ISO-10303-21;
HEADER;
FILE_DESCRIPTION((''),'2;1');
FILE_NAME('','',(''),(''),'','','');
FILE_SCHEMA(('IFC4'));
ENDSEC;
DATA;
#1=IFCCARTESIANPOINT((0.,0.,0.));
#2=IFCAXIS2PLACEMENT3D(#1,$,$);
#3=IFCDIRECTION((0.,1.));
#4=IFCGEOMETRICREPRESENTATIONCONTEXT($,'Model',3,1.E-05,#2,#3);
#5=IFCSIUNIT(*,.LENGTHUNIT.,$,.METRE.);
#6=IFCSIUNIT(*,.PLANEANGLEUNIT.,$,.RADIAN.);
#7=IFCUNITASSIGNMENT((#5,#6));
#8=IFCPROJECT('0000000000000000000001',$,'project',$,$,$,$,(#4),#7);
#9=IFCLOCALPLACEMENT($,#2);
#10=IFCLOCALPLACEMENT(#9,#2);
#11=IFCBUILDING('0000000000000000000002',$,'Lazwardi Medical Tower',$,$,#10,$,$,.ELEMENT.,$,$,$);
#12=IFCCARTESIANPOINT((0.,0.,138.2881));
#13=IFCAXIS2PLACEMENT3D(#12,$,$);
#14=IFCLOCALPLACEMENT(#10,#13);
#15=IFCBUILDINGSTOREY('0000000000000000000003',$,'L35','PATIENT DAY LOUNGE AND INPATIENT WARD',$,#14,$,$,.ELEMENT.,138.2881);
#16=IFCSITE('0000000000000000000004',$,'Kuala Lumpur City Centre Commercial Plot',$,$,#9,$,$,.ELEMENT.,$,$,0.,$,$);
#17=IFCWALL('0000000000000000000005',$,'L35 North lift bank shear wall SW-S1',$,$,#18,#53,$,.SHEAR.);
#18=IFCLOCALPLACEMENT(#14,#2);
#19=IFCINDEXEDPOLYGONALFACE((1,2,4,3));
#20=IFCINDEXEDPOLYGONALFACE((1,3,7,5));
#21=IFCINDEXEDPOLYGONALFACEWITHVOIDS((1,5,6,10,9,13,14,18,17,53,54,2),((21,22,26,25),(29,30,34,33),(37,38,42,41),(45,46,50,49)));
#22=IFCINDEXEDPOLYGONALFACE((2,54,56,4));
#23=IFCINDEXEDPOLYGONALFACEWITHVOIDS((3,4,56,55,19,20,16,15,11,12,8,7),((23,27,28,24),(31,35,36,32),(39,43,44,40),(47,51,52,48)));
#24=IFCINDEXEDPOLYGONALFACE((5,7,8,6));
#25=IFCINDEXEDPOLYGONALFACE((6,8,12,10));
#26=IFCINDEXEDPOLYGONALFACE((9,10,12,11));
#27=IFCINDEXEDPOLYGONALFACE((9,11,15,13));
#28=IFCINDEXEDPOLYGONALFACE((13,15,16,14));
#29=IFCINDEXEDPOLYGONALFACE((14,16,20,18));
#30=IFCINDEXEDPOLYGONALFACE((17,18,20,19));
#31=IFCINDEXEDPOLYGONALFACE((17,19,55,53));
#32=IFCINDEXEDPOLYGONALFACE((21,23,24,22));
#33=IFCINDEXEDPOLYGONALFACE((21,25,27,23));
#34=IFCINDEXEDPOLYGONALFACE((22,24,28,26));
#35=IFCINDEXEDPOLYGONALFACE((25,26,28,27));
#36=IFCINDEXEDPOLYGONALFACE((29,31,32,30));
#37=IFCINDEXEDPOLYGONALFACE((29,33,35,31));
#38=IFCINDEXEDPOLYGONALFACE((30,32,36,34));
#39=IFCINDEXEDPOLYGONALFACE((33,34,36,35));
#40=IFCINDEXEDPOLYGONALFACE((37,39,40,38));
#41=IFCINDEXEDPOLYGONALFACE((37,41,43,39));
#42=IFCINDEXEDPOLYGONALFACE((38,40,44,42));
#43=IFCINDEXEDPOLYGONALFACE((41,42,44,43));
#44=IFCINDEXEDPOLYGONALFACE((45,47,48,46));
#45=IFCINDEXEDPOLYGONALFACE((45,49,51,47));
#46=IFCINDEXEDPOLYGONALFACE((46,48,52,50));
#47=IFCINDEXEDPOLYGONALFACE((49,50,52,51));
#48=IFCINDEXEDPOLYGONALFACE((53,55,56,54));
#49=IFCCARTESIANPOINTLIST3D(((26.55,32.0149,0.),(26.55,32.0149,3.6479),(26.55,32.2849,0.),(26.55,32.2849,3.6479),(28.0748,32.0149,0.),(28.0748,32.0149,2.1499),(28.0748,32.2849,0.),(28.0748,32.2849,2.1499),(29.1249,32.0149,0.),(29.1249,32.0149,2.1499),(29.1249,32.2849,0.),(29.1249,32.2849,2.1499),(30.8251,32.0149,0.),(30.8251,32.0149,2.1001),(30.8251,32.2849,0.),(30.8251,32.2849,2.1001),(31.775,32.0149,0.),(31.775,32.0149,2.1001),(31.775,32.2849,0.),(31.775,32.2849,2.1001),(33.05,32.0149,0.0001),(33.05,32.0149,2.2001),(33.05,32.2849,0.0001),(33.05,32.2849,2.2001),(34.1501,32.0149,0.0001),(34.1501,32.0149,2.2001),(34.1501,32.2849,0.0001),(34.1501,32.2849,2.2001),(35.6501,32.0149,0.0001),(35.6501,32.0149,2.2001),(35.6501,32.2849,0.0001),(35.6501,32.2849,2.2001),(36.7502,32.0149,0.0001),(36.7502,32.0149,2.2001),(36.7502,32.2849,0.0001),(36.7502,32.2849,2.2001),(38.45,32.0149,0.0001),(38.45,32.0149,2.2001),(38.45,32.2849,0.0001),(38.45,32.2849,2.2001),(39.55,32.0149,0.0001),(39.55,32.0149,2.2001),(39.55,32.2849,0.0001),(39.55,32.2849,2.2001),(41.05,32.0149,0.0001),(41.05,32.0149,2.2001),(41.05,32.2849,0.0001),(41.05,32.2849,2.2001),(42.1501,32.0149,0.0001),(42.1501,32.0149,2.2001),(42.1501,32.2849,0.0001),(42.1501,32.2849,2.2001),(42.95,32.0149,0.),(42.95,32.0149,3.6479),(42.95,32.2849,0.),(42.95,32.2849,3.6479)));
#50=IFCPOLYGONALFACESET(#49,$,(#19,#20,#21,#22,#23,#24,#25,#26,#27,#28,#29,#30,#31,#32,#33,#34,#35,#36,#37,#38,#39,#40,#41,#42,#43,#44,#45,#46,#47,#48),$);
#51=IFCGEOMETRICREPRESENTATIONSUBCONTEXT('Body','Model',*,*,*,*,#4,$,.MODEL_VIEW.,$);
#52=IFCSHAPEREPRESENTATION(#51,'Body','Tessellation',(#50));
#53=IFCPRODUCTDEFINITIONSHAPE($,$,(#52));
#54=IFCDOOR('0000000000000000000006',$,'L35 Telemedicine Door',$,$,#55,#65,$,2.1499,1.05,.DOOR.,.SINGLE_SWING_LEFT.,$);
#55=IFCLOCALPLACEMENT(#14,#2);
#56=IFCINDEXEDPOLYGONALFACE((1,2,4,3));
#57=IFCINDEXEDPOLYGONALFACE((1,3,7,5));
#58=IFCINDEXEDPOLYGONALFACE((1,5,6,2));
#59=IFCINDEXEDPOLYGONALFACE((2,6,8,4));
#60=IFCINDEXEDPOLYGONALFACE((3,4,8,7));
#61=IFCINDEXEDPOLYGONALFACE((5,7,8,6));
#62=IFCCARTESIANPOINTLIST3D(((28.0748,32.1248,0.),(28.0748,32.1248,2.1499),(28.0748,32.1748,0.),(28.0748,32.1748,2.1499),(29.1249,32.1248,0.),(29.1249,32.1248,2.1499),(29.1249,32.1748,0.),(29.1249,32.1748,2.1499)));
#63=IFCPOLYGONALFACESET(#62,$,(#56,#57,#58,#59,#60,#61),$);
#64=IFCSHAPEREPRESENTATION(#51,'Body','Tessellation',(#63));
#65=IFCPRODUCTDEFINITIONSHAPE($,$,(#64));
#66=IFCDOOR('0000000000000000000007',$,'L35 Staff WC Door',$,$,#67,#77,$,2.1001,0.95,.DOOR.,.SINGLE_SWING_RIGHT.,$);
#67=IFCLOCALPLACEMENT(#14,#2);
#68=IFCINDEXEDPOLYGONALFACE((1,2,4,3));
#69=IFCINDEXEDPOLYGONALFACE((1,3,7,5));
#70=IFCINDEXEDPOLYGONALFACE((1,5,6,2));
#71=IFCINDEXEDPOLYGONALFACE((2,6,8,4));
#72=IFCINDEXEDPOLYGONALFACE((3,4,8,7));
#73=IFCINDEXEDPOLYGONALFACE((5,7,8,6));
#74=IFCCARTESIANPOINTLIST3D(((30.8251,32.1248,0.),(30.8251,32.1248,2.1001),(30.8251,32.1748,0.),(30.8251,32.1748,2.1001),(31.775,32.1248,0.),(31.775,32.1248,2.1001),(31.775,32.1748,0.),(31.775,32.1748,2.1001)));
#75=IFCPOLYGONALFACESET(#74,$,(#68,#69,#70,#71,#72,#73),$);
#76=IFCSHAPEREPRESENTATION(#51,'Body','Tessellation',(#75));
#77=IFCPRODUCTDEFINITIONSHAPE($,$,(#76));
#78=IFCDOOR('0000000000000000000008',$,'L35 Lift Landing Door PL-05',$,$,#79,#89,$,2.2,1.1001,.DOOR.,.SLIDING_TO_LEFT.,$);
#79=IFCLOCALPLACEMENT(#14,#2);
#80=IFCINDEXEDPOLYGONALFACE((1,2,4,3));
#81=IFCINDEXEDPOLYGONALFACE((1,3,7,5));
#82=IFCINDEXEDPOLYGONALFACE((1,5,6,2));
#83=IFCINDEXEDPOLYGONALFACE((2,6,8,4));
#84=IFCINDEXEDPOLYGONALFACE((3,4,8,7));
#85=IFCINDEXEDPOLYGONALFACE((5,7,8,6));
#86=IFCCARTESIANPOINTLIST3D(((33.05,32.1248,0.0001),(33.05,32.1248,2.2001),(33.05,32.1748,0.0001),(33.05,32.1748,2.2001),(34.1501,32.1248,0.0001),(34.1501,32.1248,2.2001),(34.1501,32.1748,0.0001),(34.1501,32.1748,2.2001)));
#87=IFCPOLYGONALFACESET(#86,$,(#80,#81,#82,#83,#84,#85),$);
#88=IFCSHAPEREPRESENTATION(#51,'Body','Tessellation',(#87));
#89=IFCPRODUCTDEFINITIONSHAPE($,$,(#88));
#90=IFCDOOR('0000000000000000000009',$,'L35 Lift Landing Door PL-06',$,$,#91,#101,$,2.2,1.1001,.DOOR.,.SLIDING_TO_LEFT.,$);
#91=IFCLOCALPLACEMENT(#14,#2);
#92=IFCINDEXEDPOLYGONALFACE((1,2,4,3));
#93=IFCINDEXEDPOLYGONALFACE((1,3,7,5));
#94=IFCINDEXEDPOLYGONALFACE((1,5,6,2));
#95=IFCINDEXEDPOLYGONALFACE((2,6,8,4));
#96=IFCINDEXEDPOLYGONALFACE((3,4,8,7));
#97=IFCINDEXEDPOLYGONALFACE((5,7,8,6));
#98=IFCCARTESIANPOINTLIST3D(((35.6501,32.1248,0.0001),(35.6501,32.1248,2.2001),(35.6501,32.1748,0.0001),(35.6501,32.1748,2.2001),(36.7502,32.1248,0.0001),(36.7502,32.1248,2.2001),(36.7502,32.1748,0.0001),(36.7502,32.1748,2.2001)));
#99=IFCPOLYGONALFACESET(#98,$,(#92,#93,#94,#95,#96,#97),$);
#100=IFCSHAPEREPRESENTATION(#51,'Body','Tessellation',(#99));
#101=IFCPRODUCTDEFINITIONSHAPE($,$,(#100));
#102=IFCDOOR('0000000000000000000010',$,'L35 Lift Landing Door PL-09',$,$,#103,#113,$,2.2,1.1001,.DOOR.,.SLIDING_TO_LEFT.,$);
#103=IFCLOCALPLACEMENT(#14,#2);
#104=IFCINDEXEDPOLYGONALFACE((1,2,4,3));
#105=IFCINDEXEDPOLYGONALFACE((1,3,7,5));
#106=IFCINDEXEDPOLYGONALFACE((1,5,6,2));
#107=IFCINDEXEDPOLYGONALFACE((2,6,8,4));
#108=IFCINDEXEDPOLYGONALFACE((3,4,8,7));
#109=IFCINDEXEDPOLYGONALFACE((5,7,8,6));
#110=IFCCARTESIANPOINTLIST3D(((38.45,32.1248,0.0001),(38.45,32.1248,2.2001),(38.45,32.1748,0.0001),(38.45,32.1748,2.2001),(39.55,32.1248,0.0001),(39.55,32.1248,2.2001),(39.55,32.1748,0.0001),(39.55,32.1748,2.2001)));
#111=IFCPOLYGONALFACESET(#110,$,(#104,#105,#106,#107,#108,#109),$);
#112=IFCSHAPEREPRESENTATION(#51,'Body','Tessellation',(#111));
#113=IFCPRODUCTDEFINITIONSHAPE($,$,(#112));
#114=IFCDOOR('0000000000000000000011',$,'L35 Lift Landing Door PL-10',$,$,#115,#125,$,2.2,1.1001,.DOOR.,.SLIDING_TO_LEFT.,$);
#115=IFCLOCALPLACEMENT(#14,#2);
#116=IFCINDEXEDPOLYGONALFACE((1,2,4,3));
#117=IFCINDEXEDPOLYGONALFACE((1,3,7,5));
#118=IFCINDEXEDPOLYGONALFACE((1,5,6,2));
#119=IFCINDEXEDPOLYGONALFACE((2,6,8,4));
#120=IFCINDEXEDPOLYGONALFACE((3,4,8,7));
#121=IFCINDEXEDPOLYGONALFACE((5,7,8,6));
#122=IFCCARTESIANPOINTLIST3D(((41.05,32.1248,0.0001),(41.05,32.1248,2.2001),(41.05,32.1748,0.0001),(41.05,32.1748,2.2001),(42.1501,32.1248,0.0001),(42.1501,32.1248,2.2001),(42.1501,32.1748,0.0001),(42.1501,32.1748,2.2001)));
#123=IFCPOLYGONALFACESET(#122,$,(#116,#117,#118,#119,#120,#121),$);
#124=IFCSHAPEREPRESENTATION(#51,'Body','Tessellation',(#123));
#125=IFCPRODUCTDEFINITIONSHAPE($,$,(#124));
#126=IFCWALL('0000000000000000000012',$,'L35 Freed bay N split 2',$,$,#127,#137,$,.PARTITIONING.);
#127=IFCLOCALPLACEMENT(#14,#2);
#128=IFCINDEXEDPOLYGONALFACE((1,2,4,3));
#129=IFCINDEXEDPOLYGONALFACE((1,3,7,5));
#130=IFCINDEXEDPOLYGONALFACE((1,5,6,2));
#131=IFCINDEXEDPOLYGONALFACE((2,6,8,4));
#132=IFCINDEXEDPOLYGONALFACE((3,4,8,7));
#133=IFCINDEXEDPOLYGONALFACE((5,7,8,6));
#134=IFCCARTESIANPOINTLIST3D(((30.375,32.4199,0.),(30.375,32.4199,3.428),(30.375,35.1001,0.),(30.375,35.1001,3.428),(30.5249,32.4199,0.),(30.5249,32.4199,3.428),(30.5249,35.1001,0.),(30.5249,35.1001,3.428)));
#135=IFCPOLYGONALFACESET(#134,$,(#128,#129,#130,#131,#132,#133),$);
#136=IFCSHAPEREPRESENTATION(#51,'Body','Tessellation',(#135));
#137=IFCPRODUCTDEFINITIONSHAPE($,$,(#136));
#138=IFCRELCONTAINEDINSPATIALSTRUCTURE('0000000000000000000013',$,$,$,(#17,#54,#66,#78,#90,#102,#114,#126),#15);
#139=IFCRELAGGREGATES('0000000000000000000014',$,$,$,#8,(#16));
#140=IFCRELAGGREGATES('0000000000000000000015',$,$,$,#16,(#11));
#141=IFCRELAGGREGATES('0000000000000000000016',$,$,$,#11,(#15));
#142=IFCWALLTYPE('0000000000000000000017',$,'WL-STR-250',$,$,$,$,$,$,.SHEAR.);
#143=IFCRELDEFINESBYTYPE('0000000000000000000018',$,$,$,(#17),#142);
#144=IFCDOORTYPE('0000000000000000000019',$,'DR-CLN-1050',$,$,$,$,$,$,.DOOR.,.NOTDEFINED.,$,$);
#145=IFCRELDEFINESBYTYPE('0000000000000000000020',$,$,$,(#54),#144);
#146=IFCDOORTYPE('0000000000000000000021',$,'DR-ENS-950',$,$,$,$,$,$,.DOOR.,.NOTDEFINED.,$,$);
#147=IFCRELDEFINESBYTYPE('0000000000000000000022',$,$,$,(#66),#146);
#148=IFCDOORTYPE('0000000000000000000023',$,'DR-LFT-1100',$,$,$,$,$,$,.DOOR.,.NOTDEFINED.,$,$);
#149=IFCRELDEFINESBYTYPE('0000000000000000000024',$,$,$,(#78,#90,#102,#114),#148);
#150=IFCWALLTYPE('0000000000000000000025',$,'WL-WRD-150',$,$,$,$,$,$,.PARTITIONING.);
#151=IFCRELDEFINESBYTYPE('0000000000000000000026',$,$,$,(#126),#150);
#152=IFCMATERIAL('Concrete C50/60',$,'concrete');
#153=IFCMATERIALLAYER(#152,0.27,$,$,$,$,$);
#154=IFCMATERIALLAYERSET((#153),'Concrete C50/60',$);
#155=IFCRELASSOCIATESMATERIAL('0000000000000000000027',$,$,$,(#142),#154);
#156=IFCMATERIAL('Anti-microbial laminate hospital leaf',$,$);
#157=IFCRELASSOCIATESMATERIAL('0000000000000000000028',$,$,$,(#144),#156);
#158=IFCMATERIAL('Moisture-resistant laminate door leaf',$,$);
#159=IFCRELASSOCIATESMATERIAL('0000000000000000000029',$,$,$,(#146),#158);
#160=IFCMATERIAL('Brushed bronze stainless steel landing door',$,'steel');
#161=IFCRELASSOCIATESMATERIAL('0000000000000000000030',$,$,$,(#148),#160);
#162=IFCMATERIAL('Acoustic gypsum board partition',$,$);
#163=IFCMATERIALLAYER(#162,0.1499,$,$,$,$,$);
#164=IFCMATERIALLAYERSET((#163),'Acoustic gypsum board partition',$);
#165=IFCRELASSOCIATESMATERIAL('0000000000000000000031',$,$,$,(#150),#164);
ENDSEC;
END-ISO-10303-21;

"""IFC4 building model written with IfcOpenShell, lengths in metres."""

from ifc_helpers import new_model, si_unit, direction, frame, frame_2d, origin, place, context, subcontext, project, spatial, rectangle, extrude, material, layer, layer_set, type_object, element, fill, save


model = new_model("IFC4")

# Units and contexts
model_context = context("Model", 3, precision=1e-05, world=origin(), true_north=direction((0.0, 1.0)))
body_context = subcontext(model_context, "Body", "Model", "MODEL_VIEW")
ifc_project = project(units=[si_unit("LENGTHUNIT", "METRE"), si_unit("PLANEANGLEUNIT", "RADIAN")], contexts=[model_context])

# Site, building, storey
site_placement = place(None, origin())
site = spatial("IfcSite", under=ifc_project, at=site_placement, Name="Kuala Lumpur City Centre Commercial Plot", CompositionType="ELEMENT", RefElevation=0.0)
building_placement = place(site_placement, origin())
building = spatial("IfcBuilding", under=site, at=building_placement, Name="Lazwardi Medical Tower", CompositionType="ELEMENT")
storey_placement = place(building_placement, frame((0.0, 0.0, 138.2881)))
storey = spatial("IfcBuildingStorey", under=building, at=storey_placement, Name="L35", Description="PATIENT DAY LOUNGE AND INPATIENT WARD", CompositionType="ELEMENT", Elevation=138.2881)

# Shared definitions
ifc_material_1 = material(Name="Anti-microbial laminate hospital leaf")

# Shared definitions
ifc_material_2 = material(Name="Concrete C50/60", Category="concrete")
ifc_layer_1 = layer(ifc_material_2, 0.27)
ifc_layer_set_1 = layer_set([ifc_layer_1], Name="Concrete C50/60")
wall_type_1 = type_object("IfcWallType", Name="WL-STR-250", PredefinedType="SHEAR", material=ifc_layer_set_1)

# Wall, openings, doors
wall_1_placement = place(storey_placement, frame((26.55, 32.1499, 0.0), z_axis=(0.0, 0.0, 1.0), x_axis=(1.0, 0.0, 0.0)))
wall_1 = element("IfcWall", 1, at=wall_1_placement, inside=storey, type_object=wall_type_1, Name="L35 North lift bank shear wall SW-S1", PredefinedType="SHEAR", context=body_context, shape_type="SweptSolid", body=[
    extrude(rectangle(XDim=16.3999, YDim=0.27, at=frame_2d((8.2, 0.0))), origin(), (0.0, 0.0, 1.0), 3.6479),
])
opening_1_placement = place(wall_1_placement, frame((1.5249, 0.0, 0.0)))
opening_1 = element("IfcOpeningElement", 2, at=opening_1_placement, cuts=wall_1, PredefinedType="OPENING", context=body_context, shape_type="SweptSolid", body=[
    extrude(rectangle(XDim=1.05, YDim=2.1499, at=frame_2d((0.5249, 1.075))), frame((0.0, 0.145, 0.0), z_axis=(0.0, -1.0, 0.0), x_axis=(1.0, 0.0, 0.0)), (0.0, 0.0, 1.0), 0.29),
])
opening_2_placement = place(wall_1_placement, frame((4.2749, 0.0, 0.0)))
opening_2 = element("IfcOpeningElement", 3, at=opening_2_placement, cuts=wall_1, PredefinedType="OPENING", context=body_context, shape_type="SweptSolid", body=[
    extrude(rectangle(XDim=0.95, YDim=2.1001, at=frame_2d((0.4751, 1.05))), frame((0.0, 0.145, 0.0), z_axis=(0.0, -1.0, 0.0), x_axis=(1.0, 0.0, 0.0)), (0.0, 0.0, 1.0), 0.29),
])
opening_3_placement = place(wall_1_placement, frame((6.5, 0.0, 0.0)))
opening_3 = element("IfcOpeningElement", 4, at=opening_3_placement, cuts=wall_1, PredefinedType="OPENING", context=body_context, shape_type="SweptSolid", body=[
    extrude(rectangle(XDim=1.1001, YDim=2.2, at=frame_2d((0.55, 1.1001))), frame((0.0, 0.145, 0.0), z_axis=(0.0, -1.0, 0.0), x_axis=(1.0, 0.0, 0.0)), (0.0, 0.0, 1.0), 0.29),
])
opening_4_placement = place(wall_1_placement, frame((9.1001, 0.0, 0.0)))
opening_4 = element("IfcOpeningElement", 5, at=opening_4_placement, cuts=wall_1, PredefinedType="OPENING", context=body_context, shape_type="SweptSolid", body=[
    extrude(rectangle(XDim=1.1001, YDim=2.2, at=frame_2d((0.55, 1.1001))), frame((0.0, 0.145, 0.0), z_axis=(0.0, -1.0, 0.0), x_axis=(1.0, 0.0, 0.0)), (0.0, 0.0, 1.0), 0.29),
])
opening_5_placement = place(wall_1_placement, frame((11.8999, 0.0, 0.0)))
opening_5 = element("IfcOpeningElement", 6, at=opening_5_placement, cuts=wall_1, PredefinedType="OPENING", context=body_context, shape_type="SweptSolid", body=[
    extrude(rectangle(XDim=1.1001, YDim=2.2, at=frame_2d((0.55, 1.1001))), frame((0.0, 0.145, 0.0), z_axis=(0.0, -1.0, 0.0), x_axis=(1.0, 0.0, 0.0)), (0.0, 0.0, 1.0), 0.29),
])
opening_6_placement = place(wall_1_placement, frame((14.5, 0.0, 0.0)))
opening_6 = element("IfcOpeningElement", 7, at=opening_6_placement, cuts=wall_1, PredefinedType="OPENING", context=body_context, shape_type="SweptSolid", body=[
    extrude(rectangle(XDim=1.1001, YDim=2.2, at=frame_2d((0.55, 1.1001))), frame((0.0, 0.145, 0.0), z_axis=(0.0, -1.0, 0.0), x_axis=(1.0, 0.0, 0.0)), (0.0, 0.0, 1.0), 0.29),
])
door_type_1 = type_object("IfcDoorType", Name="DR-CLN-1050", OperationType="NOTDEFINED", PredefinedType="DOOR", material=ifc_material_1)
door_1_placement = place(opening_1_placement, origin())
door_1 = element("IfcDoor", 8, at=door_1_placement, inside=storey, type_object=door_type_1, Name="L35 Telemedicine Door", OperationType="SINGLE_SWING_LEFT", OverallHeight=2.1499, OverallWidth=1.05, PredefinedType="DOOR", context=body_context, shape_type="SweptSolid", body=[
    extrude(rectangle(XDim=1.05, YDim=2.1499, at=frame_2d((0.5249, 1.075))), frame((0.0, 0.0249, 0.0), z_axis=(0.0, -1.0, 0.0), x_axis=(1.0, 0.0, 0.0)), (0.0, 0.0, 1.0), 0.05),
])
fill(opening_1, door_1)
ifc_material_3 = material(Name="Moisture-resistant laminate door leaf")
door_type_2 = type_object("IfcDoorType", Name="DR-ENS-950", OperationType="NOTDEFINED", PredefinedType="DOOR", material=ifc_material_3)
door_2_placement = place(opening_2_placement, origin())
door_2 = element("IfcDoor", 9, at=door_2_placement, inside=storey, type_object=door_type_2, Name="L35 Staff WC Door", OperationType="SINGLE_SWING_RIGHT", OverallHeight=2.1001, OverallWidth=0.95, PredefinedType="DOOR", context=body_context, shape_type="SweptSolid", body=[
    extrude(rectangle(XDim=0.95, YDim=2.1001, at=frame_2d((0.4751, 1.05))), frame((0.0, 0.0249, 0.0), z_axis=(0.0, -1.0, 0.0), x_axis=(1.0, 0.0, 0.0)), (0.0, 0.0, 1.0), 0.05),
])
fill(opening_2, door_2)
ifc_material_4 = material(Name="Brushed bronze stainless steel landing door", Category="steel")
door_type_3 = type_object("IfcDoorType", Name="DR-LFT-1100", OperationType="NOTDEFINED", PredefinedType="DOOR", material=ifc_material_4)
door_3_placement = place(opening_3_placement, origin())
door_3 = element("IfcDoor", 10, at=door_3_placement, inside=storey, type_object=door_type_3, Name="L35 Lift Landing Door PL-05", OperationType="SLIDING_TO_LEFT", OverallHeight=2.2, OverallWidth=1.1001, PredefinedType="DOOR", context=body_context, shape_type="SweptSolid", body=[
    extrude(rectangle(XDim=1.1001, YDim=2.2, at=frame_2d((0.55, 1.1001))), frame((0.0, 0.0249, 0.0), z_axis=(0.0, -1.0, 0.0), x_axis=(1.0, 0.0, 0.0)), (0.0, 0.0, 1.0), 0.05),
])
fill(opening_3, door_3)
door_4_placement = place(opening_4_placement, origin())
door_4 = element("IfcDoor", 11, at=door_4_placement, inside=storey, type_object=door_type_3, Name="L35 Lift Landing Door PL-06", OperationType="SLIDING_TO_LEFT", OverallHeight=2.2, OverallWidth=1.1001, PredefinedType="DOOR", context=body_context, shape_type="SweptSolid", body=[
    extrude(rectangle(XDim=1.1001, YDim=2.2, at=frame_2d((0.55, 1.1001))), frame((0.0, 0.0249, 0.0), z_axis=(0.0, -1.0, 0.0), x_axis=(1.0, 0.0, 0.0)), (0.0, 0.0, 1.0), 0.05),
])
fill(opening_4, door_4)
door_5_placement = place(opening_5_placement, origin())
door_5 = element("IfcDoor", 12, at=door_5_placement, inside=storey, type_object=door_type_3, Name="L35 Lift Landing Door PL-09", OperationType="SLIDING_TO_LEFT", OverallHeight=2.2, OverallWidth=1.1001, PredefinedType="DOOR", context=body_context, shape_type="SweptSolid", body=[
    extrude(rectangle(XDim=1.1001, YDim=2.2, at=frame_2d((0.55, 1.1001))), frame((0.0, 0.0249, 0.0), z_axis=(0.0, -1.0, 0.0), x_axis=(1.0, 0.0, 0.0)), (0.0, 0.0, 1.0), 0.05),
])
fill(opening_5, door_5)
door_6_placement = place(opening_6_placement, origin())
door_6 = element("IfcDoor", 13, at=door_6_placement, inside=storey, type_object=door_type_3, Name="L35 Lift Landing Door PL-10", OperationType="SLIDING_TO_LEFT", OverallHeight=2.2, OverallWidth=1.1001, PredefinedType="DOOR", context=body_context, shape_type="SweptSolid", body=[
    extrude(rectangle(XDim=1.1001, YDim=2.2, at=frame_2d((0.55, 1.1001))), frame((0.0, 0.0249, 0.0), z_axis=(0.0, -1.0, 0.0), x_axis=(1.0, 0.0, 0.0)), (0.0, 0.0, 1.0), 0.05),
])
fill(opening_6, door_6)

# Wall
ifc_material_5 = material(Name="Acoustic gypsum board partition")
ifc_layer_2 = layer(ifc_material_5, 0.1499)
ifc_layer_set_2 = layer_set([ifc_layer_2], Name="Acoustic gypsum board partition")
wall_type_2 = type_object("IfcWallType", Name="WL-WRD-150", PredefinedType="PARTITIONING", material=ifc_layer_set_2)
wall_2_placement = place(storey_placement, frame((30.45, 32.4199, 0.0), z_axis=(0.0, 0.0, 1.0), x_axis=(0.0, 1.0, 0.0)))
element("IfcWall", 14, at=wall_2_placement, inside=storey, type_object=wall_type_2, Name="L35 Freed bay N split 2", PredefinedType="PARTITIONING", context=body_context, shape_type="SweptSolid", body=[
    extrude(rectangle(XDim=2.6802, YDim=0.1499, at=frame_2d((1.3401, 0.0))), origin(), (0.0, 0.0, 1.0), 3.428),
])

save(model, "model.ifc")
